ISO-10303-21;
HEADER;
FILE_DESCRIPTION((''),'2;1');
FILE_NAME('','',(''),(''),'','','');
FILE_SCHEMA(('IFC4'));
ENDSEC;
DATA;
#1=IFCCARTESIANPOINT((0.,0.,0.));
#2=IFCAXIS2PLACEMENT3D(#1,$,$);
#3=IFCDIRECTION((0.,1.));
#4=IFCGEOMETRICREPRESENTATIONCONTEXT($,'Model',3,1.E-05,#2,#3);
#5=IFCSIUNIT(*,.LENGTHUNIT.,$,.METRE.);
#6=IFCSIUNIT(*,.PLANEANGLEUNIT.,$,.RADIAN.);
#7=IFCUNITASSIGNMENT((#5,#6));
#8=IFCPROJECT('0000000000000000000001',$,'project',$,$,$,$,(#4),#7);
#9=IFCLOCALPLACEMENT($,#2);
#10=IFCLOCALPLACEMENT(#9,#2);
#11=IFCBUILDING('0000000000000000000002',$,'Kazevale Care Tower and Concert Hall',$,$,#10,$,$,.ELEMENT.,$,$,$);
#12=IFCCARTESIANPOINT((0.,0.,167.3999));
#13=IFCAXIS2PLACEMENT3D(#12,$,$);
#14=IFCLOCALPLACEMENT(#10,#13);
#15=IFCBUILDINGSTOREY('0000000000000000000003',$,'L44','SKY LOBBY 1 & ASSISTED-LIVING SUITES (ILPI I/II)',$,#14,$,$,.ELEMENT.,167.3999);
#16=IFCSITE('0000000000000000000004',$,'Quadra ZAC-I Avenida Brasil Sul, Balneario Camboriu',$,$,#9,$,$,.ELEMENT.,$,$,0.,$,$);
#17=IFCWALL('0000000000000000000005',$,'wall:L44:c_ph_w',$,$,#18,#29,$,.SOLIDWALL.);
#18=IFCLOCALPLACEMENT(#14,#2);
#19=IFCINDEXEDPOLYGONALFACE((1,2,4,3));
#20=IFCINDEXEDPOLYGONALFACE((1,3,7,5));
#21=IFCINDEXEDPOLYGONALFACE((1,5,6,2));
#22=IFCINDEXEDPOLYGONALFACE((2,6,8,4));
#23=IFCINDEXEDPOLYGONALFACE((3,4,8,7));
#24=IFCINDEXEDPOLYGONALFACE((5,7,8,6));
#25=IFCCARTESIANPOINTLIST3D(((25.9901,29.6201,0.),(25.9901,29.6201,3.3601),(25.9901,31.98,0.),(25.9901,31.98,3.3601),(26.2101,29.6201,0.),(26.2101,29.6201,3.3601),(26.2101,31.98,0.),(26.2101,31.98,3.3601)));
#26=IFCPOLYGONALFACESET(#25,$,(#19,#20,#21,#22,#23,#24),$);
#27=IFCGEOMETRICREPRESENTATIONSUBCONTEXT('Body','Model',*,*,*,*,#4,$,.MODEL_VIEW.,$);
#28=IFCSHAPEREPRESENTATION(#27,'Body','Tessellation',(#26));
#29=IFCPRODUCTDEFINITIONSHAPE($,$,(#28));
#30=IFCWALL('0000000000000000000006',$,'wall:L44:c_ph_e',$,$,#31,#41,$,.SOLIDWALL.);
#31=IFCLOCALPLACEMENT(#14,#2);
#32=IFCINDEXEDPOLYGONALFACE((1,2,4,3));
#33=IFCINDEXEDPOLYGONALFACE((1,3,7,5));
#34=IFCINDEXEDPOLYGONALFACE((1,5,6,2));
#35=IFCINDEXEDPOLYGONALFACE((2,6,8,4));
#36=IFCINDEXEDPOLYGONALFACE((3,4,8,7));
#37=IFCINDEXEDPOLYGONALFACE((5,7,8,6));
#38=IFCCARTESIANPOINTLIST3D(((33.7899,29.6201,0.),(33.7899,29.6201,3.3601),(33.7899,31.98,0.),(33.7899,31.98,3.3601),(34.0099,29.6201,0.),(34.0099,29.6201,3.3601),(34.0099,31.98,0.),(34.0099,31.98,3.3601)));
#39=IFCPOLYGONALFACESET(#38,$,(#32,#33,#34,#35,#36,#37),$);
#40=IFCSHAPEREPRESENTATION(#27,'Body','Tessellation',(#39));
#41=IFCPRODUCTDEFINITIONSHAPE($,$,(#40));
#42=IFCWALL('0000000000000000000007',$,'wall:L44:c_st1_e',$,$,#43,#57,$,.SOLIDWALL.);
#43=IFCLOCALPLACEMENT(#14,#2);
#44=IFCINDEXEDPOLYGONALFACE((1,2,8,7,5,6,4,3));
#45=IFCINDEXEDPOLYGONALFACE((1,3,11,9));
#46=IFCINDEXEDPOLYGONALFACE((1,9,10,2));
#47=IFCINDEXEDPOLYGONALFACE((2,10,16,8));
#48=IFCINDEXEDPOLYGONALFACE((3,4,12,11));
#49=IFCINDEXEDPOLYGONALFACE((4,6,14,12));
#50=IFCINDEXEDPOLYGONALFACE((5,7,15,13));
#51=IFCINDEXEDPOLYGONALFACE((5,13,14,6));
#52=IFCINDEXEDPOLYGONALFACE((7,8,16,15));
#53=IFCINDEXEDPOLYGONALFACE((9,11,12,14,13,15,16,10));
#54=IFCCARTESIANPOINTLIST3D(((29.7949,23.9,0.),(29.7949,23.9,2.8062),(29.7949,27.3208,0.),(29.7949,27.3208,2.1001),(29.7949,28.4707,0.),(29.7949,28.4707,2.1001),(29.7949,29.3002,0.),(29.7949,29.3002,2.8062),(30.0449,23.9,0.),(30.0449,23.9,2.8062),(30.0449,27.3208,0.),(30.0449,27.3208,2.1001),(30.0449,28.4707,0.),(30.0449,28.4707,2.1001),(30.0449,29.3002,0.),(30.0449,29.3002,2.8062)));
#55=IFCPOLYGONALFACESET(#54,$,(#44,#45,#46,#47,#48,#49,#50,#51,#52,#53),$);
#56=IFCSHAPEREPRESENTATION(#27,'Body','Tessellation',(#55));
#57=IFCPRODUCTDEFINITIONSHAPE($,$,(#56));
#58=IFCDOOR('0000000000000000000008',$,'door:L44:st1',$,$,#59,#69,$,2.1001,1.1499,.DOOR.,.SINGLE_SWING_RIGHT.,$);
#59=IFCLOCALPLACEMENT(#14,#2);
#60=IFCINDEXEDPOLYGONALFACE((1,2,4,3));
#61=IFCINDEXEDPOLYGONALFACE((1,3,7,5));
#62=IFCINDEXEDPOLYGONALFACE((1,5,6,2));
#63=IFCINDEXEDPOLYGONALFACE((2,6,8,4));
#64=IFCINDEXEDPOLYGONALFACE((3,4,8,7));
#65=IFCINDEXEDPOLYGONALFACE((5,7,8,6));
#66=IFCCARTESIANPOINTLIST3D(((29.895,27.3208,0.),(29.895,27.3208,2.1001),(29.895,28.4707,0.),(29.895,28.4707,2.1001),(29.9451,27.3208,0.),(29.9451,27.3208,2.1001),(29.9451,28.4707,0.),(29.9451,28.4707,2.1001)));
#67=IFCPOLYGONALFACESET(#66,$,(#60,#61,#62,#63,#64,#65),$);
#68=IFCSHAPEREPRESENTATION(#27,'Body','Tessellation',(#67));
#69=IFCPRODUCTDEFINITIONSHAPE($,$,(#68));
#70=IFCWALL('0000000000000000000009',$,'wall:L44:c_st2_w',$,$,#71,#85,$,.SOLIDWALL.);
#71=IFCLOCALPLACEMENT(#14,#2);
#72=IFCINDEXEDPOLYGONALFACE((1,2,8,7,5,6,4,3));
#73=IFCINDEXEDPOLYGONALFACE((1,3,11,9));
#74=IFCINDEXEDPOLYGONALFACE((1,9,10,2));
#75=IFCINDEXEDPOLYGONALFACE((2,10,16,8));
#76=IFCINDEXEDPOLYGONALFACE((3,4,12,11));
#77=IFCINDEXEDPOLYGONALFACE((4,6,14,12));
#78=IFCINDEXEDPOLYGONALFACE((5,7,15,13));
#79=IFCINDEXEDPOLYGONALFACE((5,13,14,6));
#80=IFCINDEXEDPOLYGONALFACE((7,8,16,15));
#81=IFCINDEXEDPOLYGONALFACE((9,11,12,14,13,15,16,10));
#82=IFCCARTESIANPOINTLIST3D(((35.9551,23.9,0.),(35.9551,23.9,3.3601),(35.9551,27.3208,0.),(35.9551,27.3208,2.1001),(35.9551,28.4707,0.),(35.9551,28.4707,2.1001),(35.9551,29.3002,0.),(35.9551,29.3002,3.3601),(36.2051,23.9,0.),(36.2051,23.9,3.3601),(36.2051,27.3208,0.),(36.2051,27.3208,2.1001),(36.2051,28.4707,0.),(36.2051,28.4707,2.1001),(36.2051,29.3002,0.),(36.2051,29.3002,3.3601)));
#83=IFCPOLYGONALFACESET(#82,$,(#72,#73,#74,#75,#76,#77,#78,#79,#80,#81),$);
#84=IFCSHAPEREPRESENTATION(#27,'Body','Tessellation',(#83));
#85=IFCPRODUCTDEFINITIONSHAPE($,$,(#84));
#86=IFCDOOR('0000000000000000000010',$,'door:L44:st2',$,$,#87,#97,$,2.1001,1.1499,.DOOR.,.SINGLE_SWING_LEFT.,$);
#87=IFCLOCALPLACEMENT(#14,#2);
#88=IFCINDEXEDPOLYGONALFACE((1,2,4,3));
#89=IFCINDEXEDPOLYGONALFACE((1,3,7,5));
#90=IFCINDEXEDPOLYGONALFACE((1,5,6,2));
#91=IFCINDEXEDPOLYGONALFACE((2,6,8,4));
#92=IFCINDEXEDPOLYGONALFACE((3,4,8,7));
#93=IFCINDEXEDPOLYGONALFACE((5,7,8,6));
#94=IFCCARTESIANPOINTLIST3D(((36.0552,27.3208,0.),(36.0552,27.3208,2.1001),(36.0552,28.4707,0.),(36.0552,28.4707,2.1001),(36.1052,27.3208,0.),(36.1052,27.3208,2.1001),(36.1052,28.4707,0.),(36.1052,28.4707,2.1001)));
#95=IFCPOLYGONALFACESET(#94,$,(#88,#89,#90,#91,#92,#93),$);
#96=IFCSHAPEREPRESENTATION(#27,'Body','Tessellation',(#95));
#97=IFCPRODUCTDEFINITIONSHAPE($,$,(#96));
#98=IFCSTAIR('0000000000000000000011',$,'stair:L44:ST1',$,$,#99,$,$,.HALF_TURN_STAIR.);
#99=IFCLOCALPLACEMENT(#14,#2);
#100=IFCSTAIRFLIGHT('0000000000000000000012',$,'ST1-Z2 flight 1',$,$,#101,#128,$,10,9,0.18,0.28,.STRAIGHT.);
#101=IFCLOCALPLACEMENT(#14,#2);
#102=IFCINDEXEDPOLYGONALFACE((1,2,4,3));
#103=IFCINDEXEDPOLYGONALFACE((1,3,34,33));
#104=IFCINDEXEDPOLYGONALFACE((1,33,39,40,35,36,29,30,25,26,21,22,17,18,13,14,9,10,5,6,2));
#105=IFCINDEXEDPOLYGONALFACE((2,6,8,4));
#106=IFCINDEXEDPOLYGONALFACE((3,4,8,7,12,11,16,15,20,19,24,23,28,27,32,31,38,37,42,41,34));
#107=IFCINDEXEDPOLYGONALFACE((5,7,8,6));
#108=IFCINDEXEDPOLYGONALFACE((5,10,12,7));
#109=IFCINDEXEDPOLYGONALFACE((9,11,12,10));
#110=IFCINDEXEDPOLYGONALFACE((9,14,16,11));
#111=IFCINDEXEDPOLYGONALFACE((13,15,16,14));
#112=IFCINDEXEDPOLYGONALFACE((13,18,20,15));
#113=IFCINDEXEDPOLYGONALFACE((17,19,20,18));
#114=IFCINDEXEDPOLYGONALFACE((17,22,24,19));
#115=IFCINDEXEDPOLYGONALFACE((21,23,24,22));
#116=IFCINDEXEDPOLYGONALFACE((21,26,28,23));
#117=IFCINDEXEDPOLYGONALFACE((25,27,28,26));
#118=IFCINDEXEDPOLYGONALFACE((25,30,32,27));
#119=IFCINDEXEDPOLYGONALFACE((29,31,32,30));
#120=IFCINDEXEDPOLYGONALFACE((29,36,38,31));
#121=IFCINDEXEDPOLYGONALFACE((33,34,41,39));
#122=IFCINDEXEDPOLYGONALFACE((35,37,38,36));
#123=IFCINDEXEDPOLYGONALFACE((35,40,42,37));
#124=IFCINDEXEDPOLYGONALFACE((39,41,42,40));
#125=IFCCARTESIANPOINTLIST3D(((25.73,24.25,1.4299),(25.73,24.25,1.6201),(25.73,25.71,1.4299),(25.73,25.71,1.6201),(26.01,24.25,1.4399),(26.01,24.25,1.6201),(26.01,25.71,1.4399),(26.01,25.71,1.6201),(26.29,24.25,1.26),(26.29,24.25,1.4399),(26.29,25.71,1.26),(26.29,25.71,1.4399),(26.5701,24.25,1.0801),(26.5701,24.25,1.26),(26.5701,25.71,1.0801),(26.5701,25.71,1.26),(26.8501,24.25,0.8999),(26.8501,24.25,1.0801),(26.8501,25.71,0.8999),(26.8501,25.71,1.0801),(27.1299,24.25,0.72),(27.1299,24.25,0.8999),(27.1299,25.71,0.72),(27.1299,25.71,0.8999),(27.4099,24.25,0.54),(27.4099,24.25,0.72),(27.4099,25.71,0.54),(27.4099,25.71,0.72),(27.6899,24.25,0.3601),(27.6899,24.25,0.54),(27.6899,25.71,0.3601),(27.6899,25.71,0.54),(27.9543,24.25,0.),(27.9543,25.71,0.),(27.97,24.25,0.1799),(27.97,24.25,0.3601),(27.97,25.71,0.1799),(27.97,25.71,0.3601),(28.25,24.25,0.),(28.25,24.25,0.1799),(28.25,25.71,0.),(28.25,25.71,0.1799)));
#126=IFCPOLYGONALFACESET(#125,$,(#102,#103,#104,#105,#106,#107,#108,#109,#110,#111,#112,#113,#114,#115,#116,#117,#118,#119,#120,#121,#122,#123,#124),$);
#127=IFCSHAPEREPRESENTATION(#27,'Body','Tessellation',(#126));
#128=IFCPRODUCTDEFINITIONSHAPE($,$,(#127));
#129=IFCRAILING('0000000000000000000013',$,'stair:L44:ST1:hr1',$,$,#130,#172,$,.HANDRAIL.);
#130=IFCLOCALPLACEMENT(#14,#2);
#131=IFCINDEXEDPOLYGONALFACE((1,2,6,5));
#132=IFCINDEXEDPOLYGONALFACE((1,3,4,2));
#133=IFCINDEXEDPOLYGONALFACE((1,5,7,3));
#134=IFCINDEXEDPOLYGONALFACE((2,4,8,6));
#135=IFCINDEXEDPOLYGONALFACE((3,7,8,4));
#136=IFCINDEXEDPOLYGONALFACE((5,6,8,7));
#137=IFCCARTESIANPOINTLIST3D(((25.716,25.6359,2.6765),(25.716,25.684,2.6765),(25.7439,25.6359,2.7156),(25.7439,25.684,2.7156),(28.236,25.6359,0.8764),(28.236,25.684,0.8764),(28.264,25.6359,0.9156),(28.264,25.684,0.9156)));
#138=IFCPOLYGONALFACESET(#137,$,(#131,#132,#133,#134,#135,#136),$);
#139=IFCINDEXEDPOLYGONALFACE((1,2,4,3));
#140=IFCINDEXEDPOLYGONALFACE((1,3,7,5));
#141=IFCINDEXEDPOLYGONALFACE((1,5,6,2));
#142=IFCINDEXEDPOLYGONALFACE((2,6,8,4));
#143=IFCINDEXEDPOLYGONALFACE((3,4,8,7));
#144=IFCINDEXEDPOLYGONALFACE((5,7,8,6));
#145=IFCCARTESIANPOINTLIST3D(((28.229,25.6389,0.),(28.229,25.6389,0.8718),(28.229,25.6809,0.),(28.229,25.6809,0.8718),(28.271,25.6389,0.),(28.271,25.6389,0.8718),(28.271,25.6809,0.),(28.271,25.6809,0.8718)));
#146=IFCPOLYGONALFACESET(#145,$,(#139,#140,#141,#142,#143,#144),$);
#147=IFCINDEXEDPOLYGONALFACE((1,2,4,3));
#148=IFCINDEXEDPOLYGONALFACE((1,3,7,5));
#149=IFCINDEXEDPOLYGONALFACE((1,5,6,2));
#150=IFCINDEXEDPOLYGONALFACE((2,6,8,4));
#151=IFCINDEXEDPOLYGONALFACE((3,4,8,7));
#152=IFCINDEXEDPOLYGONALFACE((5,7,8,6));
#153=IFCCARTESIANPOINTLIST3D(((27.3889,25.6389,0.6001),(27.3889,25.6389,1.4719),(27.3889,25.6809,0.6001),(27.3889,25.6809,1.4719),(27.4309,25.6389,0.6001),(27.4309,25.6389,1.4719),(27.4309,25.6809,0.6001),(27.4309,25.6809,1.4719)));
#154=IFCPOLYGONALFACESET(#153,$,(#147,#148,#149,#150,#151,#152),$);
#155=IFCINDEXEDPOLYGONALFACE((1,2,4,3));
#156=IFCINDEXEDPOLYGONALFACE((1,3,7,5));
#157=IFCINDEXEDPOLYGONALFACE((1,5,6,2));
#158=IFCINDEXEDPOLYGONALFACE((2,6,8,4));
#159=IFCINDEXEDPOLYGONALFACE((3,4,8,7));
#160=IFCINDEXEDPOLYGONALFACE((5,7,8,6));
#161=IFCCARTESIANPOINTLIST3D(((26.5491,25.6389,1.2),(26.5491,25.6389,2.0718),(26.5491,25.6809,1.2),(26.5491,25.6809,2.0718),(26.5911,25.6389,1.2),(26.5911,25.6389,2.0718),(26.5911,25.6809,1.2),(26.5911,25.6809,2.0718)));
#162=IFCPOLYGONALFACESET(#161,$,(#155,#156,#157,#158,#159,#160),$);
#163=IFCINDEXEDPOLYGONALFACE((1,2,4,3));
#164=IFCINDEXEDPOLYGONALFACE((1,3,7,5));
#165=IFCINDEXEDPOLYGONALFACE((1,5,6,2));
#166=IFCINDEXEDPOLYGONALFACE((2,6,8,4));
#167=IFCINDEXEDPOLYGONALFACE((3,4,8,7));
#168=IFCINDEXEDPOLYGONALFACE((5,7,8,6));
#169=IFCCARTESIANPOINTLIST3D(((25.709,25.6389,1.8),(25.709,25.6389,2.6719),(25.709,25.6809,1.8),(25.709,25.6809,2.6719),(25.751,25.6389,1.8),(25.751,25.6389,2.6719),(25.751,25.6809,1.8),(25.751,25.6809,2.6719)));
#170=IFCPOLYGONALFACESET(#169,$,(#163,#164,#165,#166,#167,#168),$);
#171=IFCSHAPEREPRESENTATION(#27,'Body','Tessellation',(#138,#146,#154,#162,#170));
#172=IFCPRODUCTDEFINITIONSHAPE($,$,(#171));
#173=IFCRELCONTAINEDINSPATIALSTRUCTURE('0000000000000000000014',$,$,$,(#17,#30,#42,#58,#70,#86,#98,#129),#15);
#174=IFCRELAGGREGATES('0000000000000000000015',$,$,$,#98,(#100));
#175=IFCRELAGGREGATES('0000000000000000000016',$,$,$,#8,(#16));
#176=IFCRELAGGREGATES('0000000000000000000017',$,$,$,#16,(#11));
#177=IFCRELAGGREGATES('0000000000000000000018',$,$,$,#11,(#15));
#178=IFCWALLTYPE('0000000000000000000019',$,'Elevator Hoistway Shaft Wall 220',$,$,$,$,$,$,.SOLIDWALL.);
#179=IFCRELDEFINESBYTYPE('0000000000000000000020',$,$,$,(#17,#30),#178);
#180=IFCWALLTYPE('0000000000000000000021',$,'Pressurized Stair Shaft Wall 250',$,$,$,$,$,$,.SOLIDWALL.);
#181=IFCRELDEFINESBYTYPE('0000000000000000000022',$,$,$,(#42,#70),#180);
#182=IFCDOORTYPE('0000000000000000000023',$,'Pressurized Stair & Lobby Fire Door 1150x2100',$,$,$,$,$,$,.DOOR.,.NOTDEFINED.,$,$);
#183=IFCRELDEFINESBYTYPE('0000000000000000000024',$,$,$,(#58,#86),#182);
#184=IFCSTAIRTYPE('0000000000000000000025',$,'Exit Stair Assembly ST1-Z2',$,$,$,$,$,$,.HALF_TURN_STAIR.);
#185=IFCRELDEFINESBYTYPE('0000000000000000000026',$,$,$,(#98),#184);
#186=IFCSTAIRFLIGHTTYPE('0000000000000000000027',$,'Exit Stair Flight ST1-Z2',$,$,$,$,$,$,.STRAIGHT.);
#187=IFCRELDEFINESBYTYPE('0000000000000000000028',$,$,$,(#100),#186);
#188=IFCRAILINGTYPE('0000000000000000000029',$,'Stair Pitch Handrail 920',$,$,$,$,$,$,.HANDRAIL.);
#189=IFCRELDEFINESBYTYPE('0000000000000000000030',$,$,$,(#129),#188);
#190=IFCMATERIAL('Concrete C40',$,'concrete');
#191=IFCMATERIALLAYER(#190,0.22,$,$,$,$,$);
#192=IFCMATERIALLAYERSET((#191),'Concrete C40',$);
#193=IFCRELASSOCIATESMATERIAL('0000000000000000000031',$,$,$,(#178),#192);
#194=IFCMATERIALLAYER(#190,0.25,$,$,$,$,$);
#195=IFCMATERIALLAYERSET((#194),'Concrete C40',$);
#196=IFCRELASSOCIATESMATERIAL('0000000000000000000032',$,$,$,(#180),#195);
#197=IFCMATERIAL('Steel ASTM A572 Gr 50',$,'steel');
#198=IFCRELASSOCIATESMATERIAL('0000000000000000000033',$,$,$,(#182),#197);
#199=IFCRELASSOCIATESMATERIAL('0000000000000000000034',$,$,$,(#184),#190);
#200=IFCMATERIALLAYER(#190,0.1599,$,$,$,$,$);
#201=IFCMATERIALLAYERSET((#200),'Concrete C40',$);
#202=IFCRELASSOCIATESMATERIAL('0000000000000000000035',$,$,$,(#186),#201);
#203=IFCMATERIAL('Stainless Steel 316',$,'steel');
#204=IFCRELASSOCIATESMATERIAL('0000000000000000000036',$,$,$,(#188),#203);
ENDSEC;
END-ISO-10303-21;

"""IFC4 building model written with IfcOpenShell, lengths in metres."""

from ifc_helpers import new_model, si_unit, direction, frame, frame_2d, origin, origin_2d, place, context, subcontext, project, spatial, polyline, rectangle, outline, extrude, material, layer, layer_set, type_object, element, fill, aggregate, save


model = new_model("IFC4")

# Units and contexts
model_context = context("Model", 3, precision=1e-05, world=origin(), true_north=direction((0.0, 1.0)))
body_context = subcontext(model_context, "Body", "Model", "MODEL_VIEW")
ifc_project = project(units=[si_unit("LENGTHUNIT", "METRE"), si_unit("PLANEANGLEUNIT", "RADIAN")], contexts=[model_context])

# Site, building, storey
site_placement = place(None, origin())
site = spatial("IfcSite", under=ifc_project, at=site_placement, Name="Quadra ZAC-I Avenida Brasil Sul, Balneario Camboriu", CompositionType="ELEMENT", RefElevation=0.0)
building_placement = place(site_placement, origin())
building = spatial("IfcBuilding", under=site, at=building_placement, Name="Kazevale Care Tower and Concert Hall", CompositionType="ELEMENT")
storey_placement = place(building_placement, frame((0.0, 0.0, 167.3999)))
storey = spatial("IfcBuildingStorey", under=building, at=storey_placement, Name="L44", Description="SKY LOBBY 1 & ASSISTED-LIVING SUITES (ILPI I/II)", CompositionType="ELEMENT", Elevation=167.3999)

# Shared definitions
ifc_material_1 = material(Name="Steel ASTM A572 Gr 50", Category="steel")

# Shared definitions
ifc_material_2 = material(Name="Concrete C40", Category="concrete")
ifc_layer_1 = layer(ifc_material_2, 0.22)
ifc_layer_set_1 = layer_set([ifc_layer_1], Name="Concrete C40")
wall_type_1 = type_object("IfcWallType", Name="Elevator Hoistway Shaft Wall 220", PredefinedType="SOLIDWALL", material=ifc_layer_set_1)
ifc_material_3 = material(Name="Stainless Steel 316", Category="steel")

# Walls
for number, where, z_axis, x_axis, name in (
    (1, (26.1001, 29.6201, 0.0), (0.0, 0.0, 1.0), (0.0, 1.0, 0.0), "wall:L44:c_ph_w"),
    (2, (33.8999, 29.6201, 0.0), (0.0, 0.0, 1.0), (0.0, 1.0, 0.0), "wall:L44:c_ph_e"),
):
    element("IfcWall", number, at=place(storey_placement, frame(where, z_axis=z_axis, x_axis=x_axis)), inside=storey, type_object=wall_type_1, Name=name, PredefinedType="SOLIDWALL", context=body_context, shape_type="SweptSolid", body=[
        extrude(rectangle(XDim=2.3599, YDim=0.22, at=frame_2d((1.1799, 0.0))), origin(), (0.0, 0.0, 1.0), 3.3601),
    ])

# Walls, openings, doors
ifc_layer_2 = layer(ifc_material_2, 0.25)
ifc_layer_set_2 = layer_set([ifc_layer_2], Name="Concrete C40")
wall_type_2 = type_object("IfcWallType", Name="Pressurized Stair Shaft Wall 250", PredefinedType="SOLIDWALL", material=ifc_layer_set_2)
wall_1_placement = place(storey_placement, frame((29.9199, 23.8999, 0.0), z_axis=(0.0, 0.0, 1.0), x_axis=(0.0, 1.0, 0.0)))
wall_1 = element("IfcWall", 3, at=wall_1_placement, inside=storey, type_object=wall_type_2, Name="wall:L44:c_st1_e", PredefinedType="SOLIDWALL", context=body_context, shape_type="SweptSolid", body=[
    extrude(rectangle(XDim=5.4001, YDim=0.25, at=frame_2d((2.7002, 0.0))), origin(), (0.0, 0.0, 1.0), 2.8062),
])
opening_1_placement = place(wall_1_placement, frame((3.4209, 0.0, 0.0)))
opening_1 = element("IfcOpeningElement", 4, at=opening_1_placement, cuts=wall_1, PredefinedType="OPENING", context=body_context, shape_type="SweptSolid", body=[
    extrude(rectangle(XDim=1.1499, YDim=2.1001, at=frame_2d((0.575, 1.05))), frame((0.0, 0.135, 0.0), z_axis=(0.0, -1.0, 0.0), x_axis=(1.0, 0.0, 0.0)), (0.0, 0.0, 1.0), 0.27),
])
door_type_1 = type_object("IfcDoorType", Name="Pressurized Stair & Lobby Fire Door 1150x2100", OperationType="NOTDEFINED", PredefinedType="DOOR", material=ifc_material_1)
door_1_placement = place(opening_1_placement, origin())
door_1 = element("IfcDoor", 5, at=door_1_placement, inside=storey, type_object=door_type_1, Name="door:L44:st1", OperationType="SINGLE_SWING_RIGHT", OverallHeight=2.1001, OverallWidth=1.1499, PredefinedType="DOOR", context=body_context, shape_type="SweptSolid", body=[
    extrude(rectangle(XDim=1.1499, YDim=2.1001, at=frame_2d((0.575, 1.05))), frame((0.0, 0.0249, 0.0), z_axis=(0.0, -1.0, 0.0), x_axis=(1.0, 0.0, 0.0)), (0.0, 0.0, 1.0), 0.05),
])
fill(opening_1, door_1)
wall_2_placement = place(storey_placement, frame((36.0801, 23.8999, 0.0), z_axis=(0.0, 0.0, 1.0), x_axis=(0.0, 1.0, 0.0)))
wall_2 = element("IfcWall", 6, at=wall_2_placement, inside=storey, type_object=wall_type_2, Name="wall:L44:c_st2_w", PredefinedType="SOLIDWALL", context=body_context, shape_type="SweptSolid", body=[
    extrude(rectangle(XDim=5.4001, YDim=0.25, at=frame_2d((2.7002, 0.0))), origin(), (0.0, 0.0, 1.0), 3.3601),
])
opening_2_placement = place(wall_2_placement, frame((3.4209, 0.0, 0.0)))
opening_2 = element("IfcOpeningElement", 7, at=opening_2_placement, cuts=wall_2, PredefinedType="OPENING", context=body_context, shape_type="SweptSolid", body=[
    extrude(rectangle(XDim=1.1499, YDim=2.1001, at=frame_2d((0.575, 1.05))), frame((0.0, 0.135, 0.0), z_axis=(0.0, -1.0, 0.0), x_axis=(1.0, 0.0, 0.0)), (0.0, 0.0, 1.0), 0.27),
])
door_2_placement = place(opening_2_placement, origin())
door_2 = element("IfcDoor", 8, at=door_2_placement, inside=storey, type_object=door_type_1, Name="door:L44:st2", OperationType="SINGLE_SWING_LEFT", OverallHeight=2.1001, OverallWidth=1.1499, PredefinedType="DOOR", context=body_context, shape_type="SweptSolid", body=[
    extrude(rectangle(XDim=1.1499, YDim=2.1001, at=frame_2d((0.575, 1.05))), frame((0.0, 0.0249, 0.0), z_axis=(0.0, -1.0, 0.0), x_axis=(1.0, 0.0, 0.0)), (0.0, 0.0, 1.0), 0.05),
])
fill(opening_2, door_2)

# Stair, stair flight
stair_type = type_object("IfcStairType", Name="Exit Stair Assembly ST1-Z2", PredefinedType="HALF_TURN_STAIR", material=ifc_material_2)
stair_placement = place(storey_placement, origin())
stair = element("IfcStair", 9, at=stair_placement, inside=storey, type_object=stair_type, Name="stair:L44:ST1", PredefinedType="HALF_TURN_STAIR")
ifc_layer_3 = layer(ifc_material_2, 0.1599)
ifc_layer_set_3 = layer_set([ifc_layer_3], Name="Concrete C40")
stair_flight_type = type_object("IfcStairFlightType", Name="Exit Stair Flight ST1-Z2", PredefinedType="STRAIGHT", material=ifc_layer_set_3)
stair_flight_placement = place(storey_placement, frame((28.25, 24.98, 0.0), z_axis=(0.0, 0.0, 1.0), x_axis=(-1.0, 0.0, 0.0)))
stair_flight = element("IfcStairFlight", 10, at=stair_flight_placement, type_object=stair_flight_type, Name="ST1-Z2 flight 1", NumberOfRisers=10, NumberOfTreads=9, PredefinedType="STRAIGHT", RiserHeight=0.18, TreadLength=0.28, context=body_context, shape_type="SweptSolid", body=[
    extrude(outline(polyline([(0.0, 0.0), (0.0, 0.1799), (0.28, 0.1799), (0.28, 0.3601), (0.5601, 0.3601), (0.5601, 0.54), (0.8401, 0.54), (0.8401, 0.72), (1.1201, 0.72), (1.1201, 0.8999), (1.3999, 0.8999), (1.3999, 1.0801), (1.6799, 1.0801), (1.6799, 1.26), (1.96, 1.26), (1.96, 1.4399), (2.24, 1.4399), (2.24, 1.6201), (2.52, 1.6201), (2.52, 1.8), (2.52, 1.4299), (0.2957, 0.0), (0.0, 0.0)])), frame((0.0, 0.73, 0.0), z_axis=(0.0, -1.0, 0.0), x_axis=(1.0, 0.0, 0.0)), (0.0, 0.0, 1.0), 1.46),
])
aggregate(stair, [stair_flight])

# Railing
railing_type_1 = type_object("IfcRailingType", Name="Stair Pitch Handrail 920", PredefinedType="HANDRAIL", material=ifc_material_3)
railing_1_placement = place(storey_placement, frame((28.25, 25.6599, 0.0)))
element("IfcRailing", 11, at=railing_1_placement, inside=storey, type_object=railing_type_1, Name="stair:L44:ST1:hr1", PredefinedType="HANDRAIL", context=body_context, shape_type="SweptSolid", body=[
    extrude(rectangle(XDim=0.0481, YDim=0.0481, at=origin_2d()), frame((0.0, 0.0, 0.896), z_axis=(-0.813728, 0.0, 0.581246), x_axis=(0.0, -1.0, 0.0)), (0.0, 0.0, 1.0), 3.0969),
    extrude(rectangle(XDim=0.042, YDim=0.042, at=origin_2d()), origin(), (0.0, 0.0, 1.0), 0.8718),
    extrude(rectangle(XDim=0.042, YDim=0.042, at=origin_2d()), frame((-0.8401, 0.0, 0.6001)), (0.0, 0.0, 1.0), 0.8718),
    extrude(rectangle(XDim=0.042, YDim=0.042, at=origin_2d()), frame((-1.6799, 0.0, 1.2)), (0.0, 0.0, 1.0), 0.8718),
    extrude(rectangle(XDim=0.042, YDim=0.042, at=origin_2d()), frame((-2.52, 0.0, 1.8)), (0.0, 0.0, 1.0), 0.8718),
])

save(model, "model.ifc")
